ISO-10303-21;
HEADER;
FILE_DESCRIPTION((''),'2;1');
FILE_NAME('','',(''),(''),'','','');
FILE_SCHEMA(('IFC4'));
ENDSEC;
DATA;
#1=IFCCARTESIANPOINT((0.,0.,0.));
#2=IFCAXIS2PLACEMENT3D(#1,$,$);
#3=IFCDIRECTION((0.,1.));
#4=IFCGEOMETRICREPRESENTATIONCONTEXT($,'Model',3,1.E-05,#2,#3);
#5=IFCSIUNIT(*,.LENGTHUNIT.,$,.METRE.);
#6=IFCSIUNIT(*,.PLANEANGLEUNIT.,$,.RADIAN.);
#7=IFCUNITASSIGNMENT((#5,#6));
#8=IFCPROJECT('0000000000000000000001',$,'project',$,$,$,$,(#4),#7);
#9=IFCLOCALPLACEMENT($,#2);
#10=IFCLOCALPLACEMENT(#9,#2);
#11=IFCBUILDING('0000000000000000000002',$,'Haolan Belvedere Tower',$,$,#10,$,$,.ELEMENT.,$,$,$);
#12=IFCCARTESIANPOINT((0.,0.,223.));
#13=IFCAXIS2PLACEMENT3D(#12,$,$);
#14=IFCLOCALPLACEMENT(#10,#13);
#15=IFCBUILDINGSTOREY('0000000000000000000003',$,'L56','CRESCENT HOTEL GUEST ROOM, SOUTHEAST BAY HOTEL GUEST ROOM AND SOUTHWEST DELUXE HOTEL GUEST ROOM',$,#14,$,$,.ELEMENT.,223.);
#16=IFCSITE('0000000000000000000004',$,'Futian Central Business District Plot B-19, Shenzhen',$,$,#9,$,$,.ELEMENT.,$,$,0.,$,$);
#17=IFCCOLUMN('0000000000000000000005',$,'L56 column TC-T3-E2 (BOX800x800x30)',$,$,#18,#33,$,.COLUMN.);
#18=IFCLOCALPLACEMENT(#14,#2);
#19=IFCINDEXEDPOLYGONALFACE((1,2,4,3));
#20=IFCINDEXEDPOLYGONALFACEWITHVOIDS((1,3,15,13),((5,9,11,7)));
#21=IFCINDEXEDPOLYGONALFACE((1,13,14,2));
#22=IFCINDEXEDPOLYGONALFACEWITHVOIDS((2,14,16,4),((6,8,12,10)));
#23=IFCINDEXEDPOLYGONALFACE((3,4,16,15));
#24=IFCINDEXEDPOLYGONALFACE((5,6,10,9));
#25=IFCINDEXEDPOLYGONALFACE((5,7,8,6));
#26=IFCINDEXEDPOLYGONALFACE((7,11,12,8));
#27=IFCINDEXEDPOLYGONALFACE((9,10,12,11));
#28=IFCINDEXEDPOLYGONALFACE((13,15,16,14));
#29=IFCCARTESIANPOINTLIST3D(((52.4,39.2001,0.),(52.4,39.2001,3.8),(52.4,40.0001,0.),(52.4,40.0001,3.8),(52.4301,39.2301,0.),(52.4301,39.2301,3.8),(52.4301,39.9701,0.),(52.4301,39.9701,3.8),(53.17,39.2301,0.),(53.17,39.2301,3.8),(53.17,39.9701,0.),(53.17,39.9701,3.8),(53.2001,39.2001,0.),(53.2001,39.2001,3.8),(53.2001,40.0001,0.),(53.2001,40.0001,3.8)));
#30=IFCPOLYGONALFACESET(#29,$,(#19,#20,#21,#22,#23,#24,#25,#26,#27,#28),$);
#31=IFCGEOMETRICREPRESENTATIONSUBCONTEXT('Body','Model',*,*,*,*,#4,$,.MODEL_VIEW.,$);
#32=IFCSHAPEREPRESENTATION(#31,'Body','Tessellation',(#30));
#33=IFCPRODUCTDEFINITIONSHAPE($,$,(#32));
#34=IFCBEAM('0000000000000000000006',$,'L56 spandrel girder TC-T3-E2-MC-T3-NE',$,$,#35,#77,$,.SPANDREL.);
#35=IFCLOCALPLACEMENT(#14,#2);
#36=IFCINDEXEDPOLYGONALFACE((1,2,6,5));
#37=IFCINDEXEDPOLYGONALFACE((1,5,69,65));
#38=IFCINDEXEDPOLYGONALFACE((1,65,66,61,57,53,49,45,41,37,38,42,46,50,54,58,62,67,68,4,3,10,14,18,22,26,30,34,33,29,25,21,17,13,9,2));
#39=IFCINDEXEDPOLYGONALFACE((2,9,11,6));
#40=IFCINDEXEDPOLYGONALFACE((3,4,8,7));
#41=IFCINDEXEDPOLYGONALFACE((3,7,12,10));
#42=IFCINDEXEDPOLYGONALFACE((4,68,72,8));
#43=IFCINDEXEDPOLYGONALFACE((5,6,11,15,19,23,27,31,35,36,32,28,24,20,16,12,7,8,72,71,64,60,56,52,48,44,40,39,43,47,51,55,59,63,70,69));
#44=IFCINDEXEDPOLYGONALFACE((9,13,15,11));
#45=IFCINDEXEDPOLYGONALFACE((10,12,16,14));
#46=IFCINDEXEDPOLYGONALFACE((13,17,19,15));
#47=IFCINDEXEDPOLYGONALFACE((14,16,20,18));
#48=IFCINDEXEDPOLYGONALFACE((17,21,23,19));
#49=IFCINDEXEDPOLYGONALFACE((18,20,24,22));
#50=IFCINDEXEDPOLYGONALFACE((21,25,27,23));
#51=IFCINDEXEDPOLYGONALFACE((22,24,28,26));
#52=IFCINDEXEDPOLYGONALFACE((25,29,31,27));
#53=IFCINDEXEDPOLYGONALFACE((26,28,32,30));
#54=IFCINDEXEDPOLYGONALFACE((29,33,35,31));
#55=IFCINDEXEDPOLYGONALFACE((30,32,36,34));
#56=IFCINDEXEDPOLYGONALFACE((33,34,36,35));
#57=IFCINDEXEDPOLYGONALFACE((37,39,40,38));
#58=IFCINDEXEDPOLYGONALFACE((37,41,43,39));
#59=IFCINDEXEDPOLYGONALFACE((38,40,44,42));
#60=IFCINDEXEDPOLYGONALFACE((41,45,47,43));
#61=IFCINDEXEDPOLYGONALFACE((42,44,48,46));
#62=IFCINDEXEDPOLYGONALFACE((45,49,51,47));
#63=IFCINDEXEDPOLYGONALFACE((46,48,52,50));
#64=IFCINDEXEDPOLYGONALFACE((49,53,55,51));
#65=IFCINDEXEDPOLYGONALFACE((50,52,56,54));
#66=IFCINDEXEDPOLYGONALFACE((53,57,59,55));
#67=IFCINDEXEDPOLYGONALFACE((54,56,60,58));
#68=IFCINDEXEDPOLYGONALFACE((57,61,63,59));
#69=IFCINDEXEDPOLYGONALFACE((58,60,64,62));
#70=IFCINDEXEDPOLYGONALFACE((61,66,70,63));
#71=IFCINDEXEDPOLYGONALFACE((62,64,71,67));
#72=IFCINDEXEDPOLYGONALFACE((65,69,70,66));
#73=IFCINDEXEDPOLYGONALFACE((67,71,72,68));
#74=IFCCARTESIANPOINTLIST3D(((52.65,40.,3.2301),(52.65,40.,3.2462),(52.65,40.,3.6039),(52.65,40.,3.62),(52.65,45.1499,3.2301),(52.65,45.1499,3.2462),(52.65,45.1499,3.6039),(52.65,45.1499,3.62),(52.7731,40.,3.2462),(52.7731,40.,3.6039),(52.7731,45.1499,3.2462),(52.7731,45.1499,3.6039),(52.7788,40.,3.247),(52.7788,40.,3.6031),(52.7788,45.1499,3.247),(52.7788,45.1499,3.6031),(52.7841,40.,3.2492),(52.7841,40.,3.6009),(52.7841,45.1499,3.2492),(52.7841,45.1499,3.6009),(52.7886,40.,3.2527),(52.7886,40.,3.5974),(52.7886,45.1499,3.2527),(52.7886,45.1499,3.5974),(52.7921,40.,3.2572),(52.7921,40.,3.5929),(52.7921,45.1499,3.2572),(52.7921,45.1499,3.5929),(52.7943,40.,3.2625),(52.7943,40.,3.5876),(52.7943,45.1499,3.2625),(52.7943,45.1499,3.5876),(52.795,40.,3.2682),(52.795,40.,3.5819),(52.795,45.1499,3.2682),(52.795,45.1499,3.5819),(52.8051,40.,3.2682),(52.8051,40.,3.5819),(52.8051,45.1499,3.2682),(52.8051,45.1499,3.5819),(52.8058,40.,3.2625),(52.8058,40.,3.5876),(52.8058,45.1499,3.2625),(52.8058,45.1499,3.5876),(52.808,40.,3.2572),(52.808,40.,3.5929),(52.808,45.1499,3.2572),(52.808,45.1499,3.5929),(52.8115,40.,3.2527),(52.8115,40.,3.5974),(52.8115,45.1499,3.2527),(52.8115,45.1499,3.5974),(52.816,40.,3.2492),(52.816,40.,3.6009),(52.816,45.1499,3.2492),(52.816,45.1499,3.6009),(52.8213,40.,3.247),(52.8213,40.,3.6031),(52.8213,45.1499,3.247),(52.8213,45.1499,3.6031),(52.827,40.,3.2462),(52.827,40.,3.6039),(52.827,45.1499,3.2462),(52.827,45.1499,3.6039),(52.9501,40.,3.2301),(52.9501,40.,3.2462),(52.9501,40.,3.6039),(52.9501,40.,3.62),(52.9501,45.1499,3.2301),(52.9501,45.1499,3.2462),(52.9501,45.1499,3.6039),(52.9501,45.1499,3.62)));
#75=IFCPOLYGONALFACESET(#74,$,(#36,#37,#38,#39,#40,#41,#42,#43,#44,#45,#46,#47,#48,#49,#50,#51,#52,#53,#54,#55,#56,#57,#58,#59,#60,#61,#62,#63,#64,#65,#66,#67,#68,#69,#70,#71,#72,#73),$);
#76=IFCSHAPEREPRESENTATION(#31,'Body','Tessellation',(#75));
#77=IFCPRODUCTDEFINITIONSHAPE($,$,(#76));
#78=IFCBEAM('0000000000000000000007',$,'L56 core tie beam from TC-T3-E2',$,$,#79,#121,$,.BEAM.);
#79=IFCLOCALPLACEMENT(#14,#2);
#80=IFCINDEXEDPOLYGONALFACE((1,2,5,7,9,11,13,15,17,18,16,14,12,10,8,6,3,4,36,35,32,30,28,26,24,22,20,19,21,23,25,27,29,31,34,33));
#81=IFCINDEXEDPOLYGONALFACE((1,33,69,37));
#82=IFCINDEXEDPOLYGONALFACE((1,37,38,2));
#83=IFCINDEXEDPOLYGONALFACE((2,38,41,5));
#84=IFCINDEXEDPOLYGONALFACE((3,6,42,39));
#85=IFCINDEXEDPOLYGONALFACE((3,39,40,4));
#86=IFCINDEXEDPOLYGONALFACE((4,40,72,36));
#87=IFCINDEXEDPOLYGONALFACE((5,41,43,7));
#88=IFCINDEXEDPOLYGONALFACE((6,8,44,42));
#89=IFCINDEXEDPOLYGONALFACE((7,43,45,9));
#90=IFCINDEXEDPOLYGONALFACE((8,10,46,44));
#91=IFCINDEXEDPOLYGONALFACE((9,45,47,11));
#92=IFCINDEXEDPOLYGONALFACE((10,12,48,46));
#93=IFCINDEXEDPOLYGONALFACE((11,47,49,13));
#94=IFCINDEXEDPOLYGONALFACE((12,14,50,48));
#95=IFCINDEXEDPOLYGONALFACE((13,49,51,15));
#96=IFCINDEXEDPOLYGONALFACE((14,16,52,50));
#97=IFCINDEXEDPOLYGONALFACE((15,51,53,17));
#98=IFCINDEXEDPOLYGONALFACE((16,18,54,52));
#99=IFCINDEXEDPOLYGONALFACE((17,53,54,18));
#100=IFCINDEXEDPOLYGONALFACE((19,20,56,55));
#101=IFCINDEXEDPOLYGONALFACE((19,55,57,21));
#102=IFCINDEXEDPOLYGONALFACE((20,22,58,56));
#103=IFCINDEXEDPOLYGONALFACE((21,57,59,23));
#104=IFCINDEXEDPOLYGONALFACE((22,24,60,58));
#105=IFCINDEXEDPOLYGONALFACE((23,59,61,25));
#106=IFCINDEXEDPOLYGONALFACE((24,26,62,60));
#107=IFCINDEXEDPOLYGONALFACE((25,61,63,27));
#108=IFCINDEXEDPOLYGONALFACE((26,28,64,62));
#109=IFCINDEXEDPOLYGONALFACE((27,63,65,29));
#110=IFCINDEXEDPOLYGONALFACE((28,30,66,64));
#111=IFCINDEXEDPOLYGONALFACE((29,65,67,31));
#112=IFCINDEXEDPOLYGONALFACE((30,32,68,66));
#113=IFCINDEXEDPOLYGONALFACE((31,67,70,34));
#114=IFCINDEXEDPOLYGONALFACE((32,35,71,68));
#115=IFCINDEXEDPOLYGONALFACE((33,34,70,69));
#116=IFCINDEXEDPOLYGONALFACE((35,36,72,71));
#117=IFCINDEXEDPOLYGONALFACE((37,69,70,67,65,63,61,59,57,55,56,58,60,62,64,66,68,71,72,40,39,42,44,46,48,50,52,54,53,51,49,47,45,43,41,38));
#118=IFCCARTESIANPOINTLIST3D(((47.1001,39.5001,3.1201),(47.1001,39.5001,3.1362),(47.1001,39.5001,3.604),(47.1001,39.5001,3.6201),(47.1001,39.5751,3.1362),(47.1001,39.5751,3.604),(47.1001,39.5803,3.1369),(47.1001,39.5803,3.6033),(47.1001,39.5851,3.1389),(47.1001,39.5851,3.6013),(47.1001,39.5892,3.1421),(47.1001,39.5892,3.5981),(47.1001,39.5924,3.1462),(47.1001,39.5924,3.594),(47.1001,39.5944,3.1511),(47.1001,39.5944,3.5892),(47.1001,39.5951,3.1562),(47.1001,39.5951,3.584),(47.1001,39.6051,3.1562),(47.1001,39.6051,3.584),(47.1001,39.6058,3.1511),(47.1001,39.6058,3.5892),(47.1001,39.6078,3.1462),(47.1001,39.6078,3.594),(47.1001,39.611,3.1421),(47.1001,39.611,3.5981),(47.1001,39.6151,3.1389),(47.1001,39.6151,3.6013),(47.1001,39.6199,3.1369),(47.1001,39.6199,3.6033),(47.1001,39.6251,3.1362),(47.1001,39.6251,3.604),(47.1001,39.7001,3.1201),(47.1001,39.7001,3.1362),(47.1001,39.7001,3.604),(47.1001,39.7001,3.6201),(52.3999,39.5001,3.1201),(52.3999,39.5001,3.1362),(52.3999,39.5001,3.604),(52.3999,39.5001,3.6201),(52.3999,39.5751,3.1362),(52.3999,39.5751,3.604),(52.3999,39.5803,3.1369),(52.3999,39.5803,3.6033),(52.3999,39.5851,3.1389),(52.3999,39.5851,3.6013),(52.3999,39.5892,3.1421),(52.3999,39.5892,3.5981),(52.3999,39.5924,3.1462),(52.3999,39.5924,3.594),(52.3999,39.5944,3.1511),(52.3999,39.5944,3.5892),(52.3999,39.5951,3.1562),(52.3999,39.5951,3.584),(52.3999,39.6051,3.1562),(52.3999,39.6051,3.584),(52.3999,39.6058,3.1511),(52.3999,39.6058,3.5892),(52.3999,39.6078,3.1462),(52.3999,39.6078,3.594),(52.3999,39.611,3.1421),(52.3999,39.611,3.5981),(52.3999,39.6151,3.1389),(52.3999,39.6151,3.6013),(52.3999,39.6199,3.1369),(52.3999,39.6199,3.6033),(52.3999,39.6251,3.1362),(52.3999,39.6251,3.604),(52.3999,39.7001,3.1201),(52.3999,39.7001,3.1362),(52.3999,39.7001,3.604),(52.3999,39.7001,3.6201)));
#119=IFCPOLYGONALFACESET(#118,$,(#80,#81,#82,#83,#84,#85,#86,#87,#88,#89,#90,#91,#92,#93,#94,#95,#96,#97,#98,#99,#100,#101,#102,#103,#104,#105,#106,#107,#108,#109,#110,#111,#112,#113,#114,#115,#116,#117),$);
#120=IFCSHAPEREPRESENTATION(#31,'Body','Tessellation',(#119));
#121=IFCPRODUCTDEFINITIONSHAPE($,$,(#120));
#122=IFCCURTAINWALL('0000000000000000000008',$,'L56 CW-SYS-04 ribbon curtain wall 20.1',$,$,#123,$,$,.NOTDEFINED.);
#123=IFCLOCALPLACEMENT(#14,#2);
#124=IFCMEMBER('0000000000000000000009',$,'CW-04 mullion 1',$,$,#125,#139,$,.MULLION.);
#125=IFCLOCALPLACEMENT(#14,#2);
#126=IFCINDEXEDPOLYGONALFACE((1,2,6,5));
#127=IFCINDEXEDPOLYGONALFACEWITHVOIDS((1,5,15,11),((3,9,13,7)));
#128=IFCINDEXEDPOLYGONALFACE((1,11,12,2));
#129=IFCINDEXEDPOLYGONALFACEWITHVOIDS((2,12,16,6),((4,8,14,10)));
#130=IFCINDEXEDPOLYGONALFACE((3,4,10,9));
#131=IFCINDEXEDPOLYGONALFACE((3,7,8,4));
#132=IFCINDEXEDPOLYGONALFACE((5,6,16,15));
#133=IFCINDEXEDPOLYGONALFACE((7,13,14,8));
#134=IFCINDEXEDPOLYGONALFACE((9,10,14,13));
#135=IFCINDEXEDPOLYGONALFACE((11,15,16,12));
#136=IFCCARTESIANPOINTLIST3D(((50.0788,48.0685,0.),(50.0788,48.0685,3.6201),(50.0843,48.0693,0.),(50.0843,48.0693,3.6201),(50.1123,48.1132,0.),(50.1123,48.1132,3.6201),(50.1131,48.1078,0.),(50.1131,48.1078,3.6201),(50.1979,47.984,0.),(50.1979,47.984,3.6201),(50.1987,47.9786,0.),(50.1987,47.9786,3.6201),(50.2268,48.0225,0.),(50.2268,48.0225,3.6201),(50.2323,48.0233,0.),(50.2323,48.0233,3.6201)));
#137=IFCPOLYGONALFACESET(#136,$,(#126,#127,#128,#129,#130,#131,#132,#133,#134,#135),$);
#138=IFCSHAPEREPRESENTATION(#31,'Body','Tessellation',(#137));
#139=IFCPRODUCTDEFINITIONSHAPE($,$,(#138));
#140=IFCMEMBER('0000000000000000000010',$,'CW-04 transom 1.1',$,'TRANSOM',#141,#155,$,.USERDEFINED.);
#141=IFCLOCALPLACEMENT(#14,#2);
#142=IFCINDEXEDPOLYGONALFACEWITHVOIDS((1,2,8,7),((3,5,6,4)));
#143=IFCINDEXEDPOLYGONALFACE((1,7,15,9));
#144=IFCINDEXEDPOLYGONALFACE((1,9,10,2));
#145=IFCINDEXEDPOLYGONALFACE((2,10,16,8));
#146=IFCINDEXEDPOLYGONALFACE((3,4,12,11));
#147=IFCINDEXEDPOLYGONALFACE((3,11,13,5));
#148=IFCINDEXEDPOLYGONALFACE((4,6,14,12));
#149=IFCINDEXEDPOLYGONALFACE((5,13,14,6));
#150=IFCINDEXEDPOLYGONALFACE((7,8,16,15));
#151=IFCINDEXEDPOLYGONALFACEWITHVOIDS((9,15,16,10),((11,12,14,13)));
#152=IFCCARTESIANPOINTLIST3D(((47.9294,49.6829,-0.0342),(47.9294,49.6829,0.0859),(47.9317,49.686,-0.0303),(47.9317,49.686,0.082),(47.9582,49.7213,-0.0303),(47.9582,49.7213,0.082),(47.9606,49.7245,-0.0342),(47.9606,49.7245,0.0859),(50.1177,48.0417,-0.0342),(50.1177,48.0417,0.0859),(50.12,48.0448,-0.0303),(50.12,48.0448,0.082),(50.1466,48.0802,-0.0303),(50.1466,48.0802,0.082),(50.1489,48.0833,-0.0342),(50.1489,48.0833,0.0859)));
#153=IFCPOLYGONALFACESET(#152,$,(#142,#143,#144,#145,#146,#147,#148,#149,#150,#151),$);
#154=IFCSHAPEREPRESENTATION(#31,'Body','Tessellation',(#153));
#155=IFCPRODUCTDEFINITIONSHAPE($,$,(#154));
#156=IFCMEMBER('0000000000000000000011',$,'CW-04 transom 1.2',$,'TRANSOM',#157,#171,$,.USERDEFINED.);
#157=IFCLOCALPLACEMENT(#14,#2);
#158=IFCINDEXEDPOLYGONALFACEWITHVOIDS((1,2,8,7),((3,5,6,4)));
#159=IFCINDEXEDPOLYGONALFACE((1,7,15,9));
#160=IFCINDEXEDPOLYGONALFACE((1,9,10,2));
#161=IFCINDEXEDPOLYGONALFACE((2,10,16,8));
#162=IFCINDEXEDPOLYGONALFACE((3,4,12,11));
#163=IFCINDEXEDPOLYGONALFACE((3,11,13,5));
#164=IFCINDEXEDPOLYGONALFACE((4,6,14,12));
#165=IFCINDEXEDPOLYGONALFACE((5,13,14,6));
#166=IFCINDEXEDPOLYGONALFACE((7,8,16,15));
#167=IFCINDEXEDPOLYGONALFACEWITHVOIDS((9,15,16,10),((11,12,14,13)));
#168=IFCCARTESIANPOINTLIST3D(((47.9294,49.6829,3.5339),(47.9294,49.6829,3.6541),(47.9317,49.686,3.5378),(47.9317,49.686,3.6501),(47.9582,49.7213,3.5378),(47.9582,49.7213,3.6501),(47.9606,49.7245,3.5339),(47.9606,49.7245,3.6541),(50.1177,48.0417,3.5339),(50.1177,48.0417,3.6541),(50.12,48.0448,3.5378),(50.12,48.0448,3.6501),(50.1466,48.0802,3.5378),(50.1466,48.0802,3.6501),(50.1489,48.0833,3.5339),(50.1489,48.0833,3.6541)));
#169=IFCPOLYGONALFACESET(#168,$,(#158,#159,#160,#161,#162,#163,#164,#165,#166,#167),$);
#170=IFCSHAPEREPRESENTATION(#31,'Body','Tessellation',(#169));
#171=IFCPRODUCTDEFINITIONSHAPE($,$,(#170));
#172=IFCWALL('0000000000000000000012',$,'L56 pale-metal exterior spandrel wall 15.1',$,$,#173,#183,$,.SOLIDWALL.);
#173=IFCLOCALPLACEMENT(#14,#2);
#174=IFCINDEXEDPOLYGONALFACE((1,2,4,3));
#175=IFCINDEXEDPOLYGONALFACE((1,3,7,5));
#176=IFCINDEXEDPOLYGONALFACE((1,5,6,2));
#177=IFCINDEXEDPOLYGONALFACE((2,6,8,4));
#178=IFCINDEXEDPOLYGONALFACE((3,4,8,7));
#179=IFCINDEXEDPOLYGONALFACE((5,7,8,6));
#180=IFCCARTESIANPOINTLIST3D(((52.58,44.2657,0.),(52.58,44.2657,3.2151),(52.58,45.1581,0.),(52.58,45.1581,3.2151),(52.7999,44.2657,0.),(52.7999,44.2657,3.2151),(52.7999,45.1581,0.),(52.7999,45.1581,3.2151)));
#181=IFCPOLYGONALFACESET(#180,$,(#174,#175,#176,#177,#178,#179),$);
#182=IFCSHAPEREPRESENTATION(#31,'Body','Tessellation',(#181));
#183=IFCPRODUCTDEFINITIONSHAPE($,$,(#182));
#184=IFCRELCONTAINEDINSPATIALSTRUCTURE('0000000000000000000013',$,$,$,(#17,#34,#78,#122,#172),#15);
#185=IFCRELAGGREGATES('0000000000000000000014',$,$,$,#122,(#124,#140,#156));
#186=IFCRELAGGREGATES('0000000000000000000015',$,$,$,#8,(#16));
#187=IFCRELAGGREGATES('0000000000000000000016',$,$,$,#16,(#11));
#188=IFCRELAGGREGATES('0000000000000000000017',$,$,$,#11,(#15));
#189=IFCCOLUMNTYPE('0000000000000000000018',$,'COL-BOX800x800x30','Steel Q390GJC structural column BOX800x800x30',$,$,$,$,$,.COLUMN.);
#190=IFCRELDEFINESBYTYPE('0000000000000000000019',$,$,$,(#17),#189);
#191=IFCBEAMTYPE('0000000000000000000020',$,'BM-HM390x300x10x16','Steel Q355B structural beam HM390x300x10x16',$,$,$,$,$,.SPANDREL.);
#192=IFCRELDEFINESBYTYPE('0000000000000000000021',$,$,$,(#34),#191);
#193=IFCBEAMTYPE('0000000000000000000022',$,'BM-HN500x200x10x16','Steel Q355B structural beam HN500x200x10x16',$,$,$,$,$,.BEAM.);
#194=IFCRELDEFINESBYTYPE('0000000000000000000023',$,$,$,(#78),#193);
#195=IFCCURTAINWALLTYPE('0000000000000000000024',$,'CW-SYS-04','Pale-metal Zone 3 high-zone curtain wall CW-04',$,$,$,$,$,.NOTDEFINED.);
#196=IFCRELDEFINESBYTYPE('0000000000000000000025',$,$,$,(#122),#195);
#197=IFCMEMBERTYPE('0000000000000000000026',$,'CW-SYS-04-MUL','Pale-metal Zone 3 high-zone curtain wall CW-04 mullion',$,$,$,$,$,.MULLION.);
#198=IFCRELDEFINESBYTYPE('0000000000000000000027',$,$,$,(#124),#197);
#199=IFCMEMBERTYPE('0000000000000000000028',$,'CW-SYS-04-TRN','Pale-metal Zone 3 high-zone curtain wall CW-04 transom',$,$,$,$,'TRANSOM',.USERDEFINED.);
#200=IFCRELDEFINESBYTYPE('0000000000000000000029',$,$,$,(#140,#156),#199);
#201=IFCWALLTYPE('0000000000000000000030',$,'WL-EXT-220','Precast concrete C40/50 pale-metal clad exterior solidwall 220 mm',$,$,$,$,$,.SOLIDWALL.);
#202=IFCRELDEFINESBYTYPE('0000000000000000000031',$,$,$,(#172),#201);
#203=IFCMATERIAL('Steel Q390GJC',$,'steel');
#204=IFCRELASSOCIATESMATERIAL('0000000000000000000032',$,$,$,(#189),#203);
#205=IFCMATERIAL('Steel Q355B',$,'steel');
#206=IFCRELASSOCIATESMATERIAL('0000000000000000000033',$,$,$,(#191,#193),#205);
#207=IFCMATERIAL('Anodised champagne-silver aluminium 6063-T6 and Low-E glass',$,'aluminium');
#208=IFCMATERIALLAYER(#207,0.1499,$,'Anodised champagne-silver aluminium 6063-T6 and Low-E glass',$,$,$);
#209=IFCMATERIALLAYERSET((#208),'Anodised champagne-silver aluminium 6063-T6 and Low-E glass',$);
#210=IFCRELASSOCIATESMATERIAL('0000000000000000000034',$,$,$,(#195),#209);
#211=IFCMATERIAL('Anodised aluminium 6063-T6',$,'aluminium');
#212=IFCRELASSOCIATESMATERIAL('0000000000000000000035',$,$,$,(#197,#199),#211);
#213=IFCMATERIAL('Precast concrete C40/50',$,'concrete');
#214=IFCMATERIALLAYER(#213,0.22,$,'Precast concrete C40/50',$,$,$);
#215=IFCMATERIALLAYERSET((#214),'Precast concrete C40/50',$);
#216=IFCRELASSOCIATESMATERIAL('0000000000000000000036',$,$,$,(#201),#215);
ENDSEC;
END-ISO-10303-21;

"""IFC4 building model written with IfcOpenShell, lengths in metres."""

from ifc_helpers import new_model, si_unit, direction, frame, frame_2d, origin, origin_2d, place, context, subcontext, project, spatial, rectangle, hollow_rectangle, i_section, extrude, material, layer, layer_set, material_profile, profile_set, type_object, element, aggregate, save


model = new_model("IFC4")

# Units and contexts
model_context = context("Model", 3, precision=1e-05, world=origin(), true_north=direction((0.0, 1.0)))
body_context = subcontext(model_context, "Body", "Model", "MODEL_VIEW")
ifc_project = project(units=[si_unit("LENGTHUNIT", "METRE"), si_unit("PLANEANGLEUNIT", "RADIAN")], contexts=[model_context])

# Site, building, storey
site_placement = place(None, origin())
site = spatial("IfcSite", under=ifc_project, at=site_placement, Name="Futian Central Business District Plot B-19, Shenzhen", CompositionType="ELEMENT", RefElevation=0.0)
building_placement = place(site_placement, origin())
building = spatial("IfcBuilding", under=site, at=building_placement, Name="Haolan Belvedere Tower", CompositionType="ELEMENT")
storey_placement = place(building_placement, frame((0.0, 0.0, 223.0)))
storey = spatial("IfcBuildingStorey", under=building, at=storey_placement, Name="L56", Description="CRESCENT HOTEL GUEST ROOM, SOUTHEAST BAY HOTEL GUEST ROOM AND SOUTHWEST DELUXE HOTEL GUEST ROOM", CompositionType="ELEMENT", Elevation=223.0)

# Column
ifc_material_1 = material(Name="Steel Q390GJC", Category="steel")
ifc_material_profile_1 = material_profile(ifc_material_1, hollow_rectangle(XDim=0.8, YDim=0.8, WallThickness=0.03, at=origin_2d()), Name="Steel Q390GJC")
ifc_profile_set_1 = profile_set([ifc_material_profile_1], Name="Steel Q390GJC")
column_type = type_object("IfcColumnType", Name="COL-BOX800x800x30", Description="Steel Q390GJC structural column BOX800x800x30", PredefinedType="COLUMN", material=ifc_profile_set_1)
column_placement = place(storey_placement, frame((52.8, 39.6001, 0.0), z_axis=(0.0, 0.0, 1.0), x_axis=(1.0, 0.0, 0.0)))
element("IfcColumn", 1, at=column_placement, inside=storey, type_object=column_type, Name="L56 column TC-T3-E2 (BOX800x800x30)", PredefinedType="COLUMN", context=body_context, shape_type="SweptSolid", body=[
    extrude(hollow_rectangle(XDim=0.8, YDim=0.8, WallThickness=0.03, at=origin_2d()), origin(), (0.0, 0.0, 1.0), 3.8),
])

# Beams
ifc_material_2 = material(Name="Steel Q355B", Category="steel")
ifc_material_profile_2 = material_profile(ifc_material_2, i_section(OverallWidth=0.3, OverallDepth=0.3899, WebThickness=0.01, FlangeThickness=0.0161, FilletRadius=0.022, at=origin_2d()), Name="Steel Q355B")
ifc_profile_set_2 = profile_set([ifc_material_profile_2], Name="Steel Q355B")
beam_type_1 = type_object("IfcBeamType", Name="BM-HM390x300x10x16", Description="Steel Q355B structural beam HM390x300x10x16", PredefinedType="SPANDREL", material=ifc_profile_set_2)
beam_1_placement = place(storey_placement, frame((52.8, 40.0, 3.425), z_axis=(0.0, 1.0, 0.0), x_axis=(-1.0, 0.0, 0.0)))
element("IfcBeam", 2, at=beam_1_placement, inside=storey, type_object=beam_type_1, Name="L56 spandrel girder TC-T3-E2-MC-T3-NE", PredefinedType="SPANDREL", context=body_context, shape_type="SweptSolid", body=[
    extrude(i_section(OverallWidth=0.3, OverallDepth=0.3899, WebThickness=0.01, FlangeThickness=0.0161, FilletRadius=0.022, at=origin_2d()), origin(), (0.0, 0.0, 1.0), 5.1499),
])
ifc_material_profile_3 = material_profile(ifc_material_2, i_section(OverallWidth=0.2, OverallDepth=0.5, WebThickness=0.01, FlangeThickness=0.0161, FilletRadius=0.02, at=origin_2d()), Name="Steel Q355B")
ifc_profile_set_3 = profile_set([ifc_material_profile_3], Name="Steel Q355B")
beam_type_2 = type_object("IfcBeamType", Name="BM-HN500x200x10x16", Description="Steel Q355B structural beam HN500x200x10x16", PredefinedType="BEAM", material=ifc_profile_set_3)
beam_2_placement = place(storey_placement, frame((52.3999, 39.6001, 3.3701), z_axis=(-1.0, 0.0, 0.0), x_axis=(0.0, -1.0, 0.0)))
element("IfcBeam", 3, at=beam_2_placement, inside=storey, type_object=beam_type_2, Name="L56 core tie beam from TC-T3-E2", PredefinedType="BEAM", context=body_context, shape_type="SweptSolid", body=[
    extrude(i_section(OverallWidth=0.2, OverallDepth=0.5, WebThickness=0.01, FlangeThickness=0.0161, FilletRadius=0.02, at=origin_2d()), origin(), (0.0, 0.0, 1.0), 5.2998),
])

# Curtain wall, members
ifc_material_3 = material(Name="Anodised champagne-silver aluminium 6063-T6 and Low-E glass", Category="aluminium")
ifc_layer_1 = layer(ifc_material_3, 0.1499, Name="Anodised champagne-silver aluminium 6063-T6 and Low-E glass")
ifc_layer_set_1 = layer_set([ifc_layer_1], Name="Anodised champagne-silver aluminium 6063-T6 and Low-E glass")
curtain_wall_type = type_object("IfcCurtainWallType", Name="CW-SYS-04", Description="Pale-metal Zone 3 high-zone curtain wall CW-04", PredefinedType="NOTDEFINED", material=ifc_layer_set_1)
curtain_wall_placement = place(storey_placement, origin())
curtain_wall = element("IfcCurtainWall", 4, at=curtain_wall_placement, inside=storey, type_object=curtain_wall_type, Name="L56 CW-SYS-04 ribbon curtain wall 20.1", PredefinedType="NOTDEFINED")
ifc_material_4 = material(Name="Anodised aluminium 6063-T6", Category="aluminium")
ifc_material_profile_4 = material_profile(ifc_material_4, hollow_rectangle(XDim=0.0559, YDim=0.1499, WallThickness=0.0039, at=origin_2d()), Name="Anodised aluminium 6063-T6")
ifc_profile_set_4 = profile_set([ifc_material_profile_4], Name="Anodised aluminium 6063-T6")
member_type_1 = type_object("IfcMemberType", Name="CW-SYS-04-MUL", Description="Pale-metal Zone 3 high-zone curtain wall CW-04 mullion", PredefinedType="MULLION", material=ifc_profile_set_4)
member_1_placement = place(storey_placement, frame((50.1555, 48.0459, 0.0), z_axis=(0.0, 0.0, 1.0), x_axis=(-0.600003, -0.799998, 0.0)))
member_1 = element("IfcMember", 5, at=member_1_placement, type_object=member_type_1, Name="CW-04 mullion 1", PredefinedType="MULLION", context=body_context, shape_type="SweptSolid", body=[
    extrude(hollow_rectangle(XDim=0.0559, YDim=0.1499, WallThickness=0.0039, at=origin_2d()), origin(), (0.0, 0.0, 1.0), 3.6201),
])
ifc_material_profile_5 = material_profile(ifc_material_4, hollow_rectangle(XDim=0.052, YDim=0.1201, WallThickness=0.0039, at=origin_2d()), Name="Anodised aluminium 6063-T6")
ifc_profile_set_5 = profile_set([ifc_material_profile_5], Name="Anodised aluminium 6063-T6")
member_type_2 = type_object("IfcMemberType", Name="CW-SYS-04-TRN", Description="Pale-metal Zone 3 high-zone curtain wall CW-04 transom", ElementType="TRANSOM", PredefinedType="USERDEFINED", material=ifc_profile_set_5)
member_2_placement = place(storey_placement, frame((50.1333, 48.0625, 0.0259), z_axis=(-0.800011, 0.599986, 0.0), x_axis=(-0.599986, -0.800011, 0.0)))
member_2 = element("IfcMember", 6, at=member_2_placement, type_object=member_type_2, Name="CW-04 transom 1.1", ObjectType="TRANSOM", PredefinedType="USERDEFINED", context=body_context, shape_type="SweptSolid", body=[
    extrude(hollow_rectangle(XDim=0.052, YDim=0.1201, WallThickness=0.0039, at=origin_2d()), origin(), (0.0, 0.0, 1.0), 2.7354),
])
member_3_placement = place(storey_placement, frame((50.1333, 48.0625, 3.594), z_axis=(-0.800011, 0.599986, 0.0), x_axis=(-0.599986, -0.800011, 0.0)))
member_3 = element("IfcMember", 7, at=member_3_placement, type_object=member_type_2, Name="CW-04 transom 1.2", ObjectType="TRANSOM", PredefinedType="USERDEFINED", context=body_context, shape_type="SweptSolid", body=[
    extrude(hollow_rectangle(XDim=0.052, YDim=0.1201, WallThickness=0.0039, at=origin_2d()), origin(), (0.0, 0.0, 1.0), 2.7354),
])
aggregate(curtain_wall, [member_1, member_2, member_3])

# Wall
ifc_material_5 = material(Name="Precast concrete C40/50", Category="concrete")
ifc_layer_2 = layer(ifc_material_5, 0.22, Name="Precast concrete C40/50")
ifc_layer_set_2 = layer_set([ifc_layer_2], Name="Precast concrete C40/50")
wall_type_1 = type_object("IfcWallType", Name="WL-EXT-220", Description="Precast concrete C40/50 pale-metal clad exterior solidwall 220 mm", PredefinedType="SOLIDWALL", material=ifc_layer_set_2)
wall_1_placement = place(storey_placement, frame((52.6899, 44.2656, 0.0), z_axis=(0.0, 0.0, 1.0), x_axis=(0.0, 1.0, 0.0)))
element("IfcWall", 8, at=wall_1_placement, inside=storey, type_object=wall_type_1, Name="L56 pale-metal exterior spandrel wall 15.1", PredefinedType="SOLIDWALL", context=body_context, shape_type="SweptSolid", body=[
    extrude(rectangle(XDim=0.8923, YDim=0.22, at=frame_2d((0.4463, 0.0))), origin(), (0.0, 0.0, 1.0), 3.2151),
])

save(model, "model.ifc")
